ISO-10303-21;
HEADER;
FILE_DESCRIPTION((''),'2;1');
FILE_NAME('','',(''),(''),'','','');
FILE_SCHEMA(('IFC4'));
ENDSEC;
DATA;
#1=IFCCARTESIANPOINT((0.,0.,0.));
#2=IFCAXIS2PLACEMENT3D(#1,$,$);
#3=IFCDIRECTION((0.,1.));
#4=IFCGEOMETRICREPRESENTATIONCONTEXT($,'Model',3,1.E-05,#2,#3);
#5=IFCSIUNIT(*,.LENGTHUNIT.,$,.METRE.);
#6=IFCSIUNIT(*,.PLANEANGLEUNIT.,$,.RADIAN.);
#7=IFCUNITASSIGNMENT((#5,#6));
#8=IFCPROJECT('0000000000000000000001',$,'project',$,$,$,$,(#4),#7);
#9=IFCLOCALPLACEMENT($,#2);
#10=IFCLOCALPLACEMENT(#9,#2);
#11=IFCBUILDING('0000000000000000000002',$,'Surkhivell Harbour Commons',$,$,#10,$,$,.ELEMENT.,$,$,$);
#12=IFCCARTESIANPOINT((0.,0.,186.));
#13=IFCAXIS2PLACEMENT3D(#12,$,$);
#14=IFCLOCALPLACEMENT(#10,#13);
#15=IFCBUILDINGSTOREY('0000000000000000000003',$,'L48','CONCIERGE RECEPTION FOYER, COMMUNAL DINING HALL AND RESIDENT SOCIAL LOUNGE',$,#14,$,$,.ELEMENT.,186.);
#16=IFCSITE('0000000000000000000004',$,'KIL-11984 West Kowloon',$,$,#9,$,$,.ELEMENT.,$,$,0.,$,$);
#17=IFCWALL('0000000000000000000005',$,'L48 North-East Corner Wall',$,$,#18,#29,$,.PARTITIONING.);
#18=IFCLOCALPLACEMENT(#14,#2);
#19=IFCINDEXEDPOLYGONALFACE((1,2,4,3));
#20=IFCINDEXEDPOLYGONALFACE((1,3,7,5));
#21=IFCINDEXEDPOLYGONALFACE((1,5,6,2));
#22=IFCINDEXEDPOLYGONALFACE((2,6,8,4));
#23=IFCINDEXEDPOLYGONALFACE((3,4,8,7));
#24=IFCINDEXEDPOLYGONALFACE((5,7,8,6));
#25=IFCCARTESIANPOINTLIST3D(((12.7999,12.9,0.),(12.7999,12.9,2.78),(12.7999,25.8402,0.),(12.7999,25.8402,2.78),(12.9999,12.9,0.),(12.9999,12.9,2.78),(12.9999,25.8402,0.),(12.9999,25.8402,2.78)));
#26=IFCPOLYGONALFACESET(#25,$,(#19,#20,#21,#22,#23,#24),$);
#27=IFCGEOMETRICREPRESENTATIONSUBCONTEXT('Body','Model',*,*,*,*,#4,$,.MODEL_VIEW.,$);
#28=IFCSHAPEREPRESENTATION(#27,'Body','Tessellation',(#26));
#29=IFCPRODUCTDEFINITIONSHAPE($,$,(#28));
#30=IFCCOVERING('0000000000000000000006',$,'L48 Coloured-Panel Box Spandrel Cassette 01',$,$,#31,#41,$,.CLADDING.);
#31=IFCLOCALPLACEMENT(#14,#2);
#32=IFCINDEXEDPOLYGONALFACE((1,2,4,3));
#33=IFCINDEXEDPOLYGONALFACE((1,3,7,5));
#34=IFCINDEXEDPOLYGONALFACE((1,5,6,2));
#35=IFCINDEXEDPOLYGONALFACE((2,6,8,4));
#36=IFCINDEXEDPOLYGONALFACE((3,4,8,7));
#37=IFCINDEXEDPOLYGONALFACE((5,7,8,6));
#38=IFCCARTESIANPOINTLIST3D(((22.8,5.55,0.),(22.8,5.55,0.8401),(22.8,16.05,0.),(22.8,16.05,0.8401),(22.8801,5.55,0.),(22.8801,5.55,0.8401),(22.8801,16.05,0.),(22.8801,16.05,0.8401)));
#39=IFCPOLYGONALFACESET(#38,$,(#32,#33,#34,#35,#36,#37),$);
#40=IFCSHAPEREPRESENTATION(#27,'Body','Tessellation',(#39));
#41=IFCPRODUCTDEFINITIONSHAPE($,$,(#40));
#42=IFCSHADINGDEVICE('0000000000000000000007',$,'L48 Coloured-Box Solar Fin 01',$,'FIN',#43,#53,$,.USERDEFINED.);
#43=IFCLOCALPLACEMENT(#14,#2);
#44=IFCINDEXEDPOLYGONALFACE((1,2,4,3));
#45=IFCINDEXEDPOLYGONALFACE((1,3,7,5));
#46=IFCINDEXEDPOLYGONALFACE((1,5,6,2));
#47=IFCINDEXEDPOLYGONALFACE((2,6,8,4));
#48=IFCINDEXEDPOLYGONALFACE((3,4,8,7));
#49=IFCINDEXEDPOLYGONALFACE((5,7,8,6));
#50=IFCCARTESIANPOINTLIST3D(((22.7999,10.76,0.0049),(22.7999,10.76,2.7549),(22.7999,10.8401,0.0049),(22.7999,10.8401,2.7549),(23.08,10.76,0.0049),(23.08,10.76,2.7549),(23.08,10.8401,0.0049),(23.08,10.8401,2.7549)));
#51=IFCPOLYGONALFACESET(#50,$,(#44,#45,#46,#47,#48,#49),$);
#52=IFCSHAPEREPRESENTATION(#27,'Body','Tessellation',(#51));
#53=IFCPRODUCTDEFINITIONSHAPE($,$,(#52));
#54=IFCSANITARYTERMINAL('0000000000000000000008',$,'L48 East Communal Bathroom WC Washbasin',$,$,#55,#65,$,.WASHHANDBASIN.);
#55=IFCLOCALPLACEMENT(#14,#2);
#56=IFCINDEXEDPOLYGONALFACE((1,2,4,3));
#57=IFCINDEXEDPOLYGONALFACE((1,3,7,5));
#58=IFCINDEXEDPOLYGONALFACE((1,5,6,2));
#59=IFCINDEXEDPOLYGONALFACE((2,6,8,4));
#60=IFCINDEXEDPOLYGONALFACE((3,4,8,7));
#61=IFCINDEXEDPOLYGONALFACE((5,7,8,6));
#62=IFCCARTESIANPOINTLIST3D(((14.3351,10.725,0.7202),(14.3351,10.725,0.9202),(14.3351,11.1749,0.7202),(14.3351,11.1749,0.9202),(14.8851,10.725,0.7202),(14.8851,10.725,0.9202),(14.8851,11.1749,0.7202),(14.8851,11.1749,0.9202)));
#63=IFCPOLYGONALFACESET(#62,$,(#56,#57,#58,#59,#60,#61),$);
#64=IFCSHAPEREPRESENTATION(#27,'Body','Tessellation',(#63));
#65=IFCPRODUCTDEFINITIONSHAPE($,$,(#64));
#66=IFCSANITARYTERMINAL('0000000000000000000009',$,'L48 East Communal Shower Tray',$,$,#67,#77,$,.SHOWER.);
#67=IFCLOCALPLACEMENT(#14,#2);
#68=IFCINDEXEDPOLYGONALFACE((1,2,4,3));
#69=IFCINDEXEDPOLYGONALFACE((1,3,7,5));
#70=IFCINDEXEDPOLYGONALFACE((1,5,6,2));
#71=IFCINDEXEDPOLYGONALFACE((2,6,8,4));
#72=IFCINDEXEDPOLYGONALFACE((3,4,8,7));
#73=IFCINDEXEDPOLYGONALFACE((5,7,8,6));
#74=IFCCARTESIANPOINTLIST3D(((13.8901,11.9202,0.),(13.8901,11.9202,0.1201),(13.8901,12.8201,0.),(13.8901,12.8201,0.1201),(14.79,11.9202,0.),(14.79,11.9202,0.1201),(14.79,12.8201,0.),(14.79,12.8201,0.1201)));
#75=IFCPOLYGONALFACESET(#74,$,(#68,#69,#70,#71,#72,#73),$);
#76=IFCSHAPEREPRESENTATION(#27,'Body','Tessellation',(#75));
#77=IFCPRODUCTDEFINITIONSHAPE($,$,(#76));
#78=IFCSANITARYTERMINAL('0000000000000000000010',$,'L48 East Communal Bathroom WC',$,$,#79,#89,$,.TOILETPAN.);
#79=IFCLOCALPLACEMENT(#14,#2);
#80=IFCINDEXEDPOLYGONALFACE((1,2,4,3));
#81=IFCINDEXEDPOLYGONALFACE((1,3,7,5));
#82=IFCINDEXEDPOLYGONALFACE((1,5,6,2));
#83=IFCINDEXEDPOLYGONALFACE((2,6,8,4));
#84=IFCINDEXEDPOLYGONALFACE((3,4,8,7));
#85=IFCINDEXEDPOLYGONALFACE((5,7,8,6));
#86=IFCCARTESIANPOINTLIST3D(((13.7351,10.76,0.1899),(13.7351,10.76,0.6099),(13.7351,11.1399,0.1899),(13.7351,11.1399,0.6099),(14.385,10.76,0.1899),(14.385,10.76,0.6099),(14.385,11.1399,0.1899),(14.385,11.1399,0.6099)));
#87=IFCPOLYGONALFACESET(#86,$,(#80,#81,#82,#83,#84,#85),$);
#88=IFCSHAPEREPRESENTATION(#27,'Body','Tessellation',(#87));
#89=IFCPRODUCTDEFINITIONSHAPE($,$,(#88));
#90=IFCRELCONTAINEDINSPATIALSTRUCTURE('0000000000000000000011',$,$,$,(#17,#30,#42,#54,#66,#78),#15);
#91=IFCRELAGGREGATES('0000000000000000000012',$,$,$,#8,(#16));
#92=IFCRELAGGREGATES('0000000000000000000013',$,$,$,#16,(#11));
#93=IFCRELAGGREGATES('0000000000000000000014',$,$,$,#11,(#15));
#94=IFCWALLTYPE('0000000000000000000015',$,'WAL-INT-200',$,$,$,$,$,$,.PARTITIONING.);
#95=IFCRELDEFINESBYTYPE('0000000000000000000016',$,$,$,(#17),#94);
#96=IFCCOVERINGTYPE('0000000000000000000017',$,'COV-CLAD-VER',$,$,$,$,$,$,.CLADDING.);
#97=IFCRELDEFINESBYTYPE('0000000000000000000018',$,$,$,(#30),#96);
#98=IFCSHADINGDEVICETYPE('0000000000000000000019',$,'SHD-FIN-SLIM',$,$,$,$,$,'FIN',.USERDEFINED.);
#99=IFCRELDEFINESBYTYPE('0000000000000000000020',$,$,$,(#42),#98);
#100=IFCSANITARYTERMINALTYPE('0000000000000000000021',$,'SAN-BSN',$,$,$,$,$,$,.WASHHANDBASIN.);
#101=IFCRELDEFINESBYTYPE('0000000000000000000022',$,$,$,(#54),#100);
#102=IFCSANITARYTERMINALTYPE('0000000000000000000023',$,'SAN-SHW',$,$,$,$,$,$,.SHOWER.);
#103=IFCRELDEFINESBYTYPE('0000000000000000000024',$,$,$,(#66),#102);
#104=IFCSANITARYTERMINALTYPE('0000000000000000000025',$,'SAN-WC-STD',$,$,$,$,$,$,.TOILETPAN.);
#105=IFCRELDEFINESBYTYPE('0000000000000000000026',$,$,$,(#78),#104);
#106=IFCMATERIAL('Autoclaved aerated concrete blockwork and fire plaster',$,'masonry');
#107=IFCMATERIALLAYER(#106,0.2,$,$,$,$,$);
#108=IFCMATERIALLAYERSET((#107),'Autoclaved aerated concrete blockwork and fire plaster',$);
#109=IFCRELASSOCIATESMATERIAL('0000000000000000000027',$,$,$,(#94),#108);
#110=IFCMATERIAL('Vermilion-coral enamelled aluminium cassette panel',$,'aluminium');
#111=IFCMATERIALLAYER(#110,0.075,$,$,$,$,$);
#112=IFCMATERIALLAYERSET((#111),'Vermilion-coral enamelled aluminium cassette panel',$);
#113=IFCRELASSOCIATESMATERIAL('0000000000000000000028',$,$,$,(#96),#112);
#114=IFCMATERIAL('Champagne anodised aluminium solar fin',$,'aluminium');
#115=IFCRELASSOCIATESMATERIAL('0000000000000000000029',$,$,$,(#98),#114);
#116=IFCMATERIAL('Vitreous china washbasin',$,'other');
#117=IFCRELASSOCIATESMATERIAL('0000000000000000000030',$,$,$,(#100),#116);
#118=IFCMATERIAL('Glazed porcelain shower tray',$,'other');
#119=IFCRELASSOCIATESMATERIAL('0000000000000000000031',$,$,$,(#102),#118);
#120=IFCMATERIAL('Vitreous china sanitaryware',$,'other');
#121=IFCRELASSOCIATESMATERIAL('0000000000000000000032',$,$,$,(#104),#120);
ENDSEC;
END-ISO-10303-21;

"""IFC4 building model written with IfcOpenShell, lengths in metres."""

from ifc_helpers import new_model, si_unit, direction, frame, frame_2d, origin, origin_2d, place, context, subcontext, project, spatial, rectangle, extrude, material, layer, layer_set, type_object, element, save


model = new_model("IFC4")

# Units and contexts
model_context = context("Model", 3, precision=1e-05, world=origin(), true_north=direction((0.0, 1.0)))
body_context = subcontext(model_context, "Body", "Model", "MODEL_VIEW")
ifc_project = project(units=[si_unit("LENGTHUNIT", "METRE"), si_unit("PLANEANGLEUNIT", "RADIAN")], contexts=[model_context])

# Site, building, storey
site_placement = place(None, origin())
site = spatial("IfcSite", under=ifc_project, at=site_placement, Name="KIL-11984 West Kowloon", CompositionType="ELEMENT", RefElevation=0.0)
building_placement = place(site_placement, origin())
building = spatial("IfcBuilding", under=site, at=building_placement, Name="Surkhivell Harbour Commons", CompositionType="ELEMENT")
storey_placement = place(building_placement, frame((0.0, 0.0, 186.0)))
storey = spatial("IfcBuildingStorey", under=building, at=storey_placement, Name="L48", Description="CONCIERGE RECEPTION FOYER, COMMUNAL DINING HALL AND RESIDENT SOCIAL LOUNGE", CompositionType="ELEMENT", Elevation=186.0)

# Wall
ifc_material_1 = material(Name="Autoclaved aerated concrete blockwork and fire plaster", Category="masonry")
ifc_layer_1 = layer(ifc_material_1, 0.2)
ifc_layer_set_1 = layer_set([ifc_layer_1], Name="Autoclaved aerated concrete blockwork and fire plaster")
wall_type_1 = type_object("IfcWallType", Name="WAL-INT-200", PredefinedType="PARTITIONING", material=ifc_layer_set_1)
wall_1_placement = place(storey_placement, frame((12.8999, 12.8999, 0.0), z_axis=(0.0, 0.0, 1.0), x_axis=(0.0, 1.0, 0.0)))
element("IfcWall", 1, at=wall_1_placement, inside=storey, type_object=wall_type_1, Name="L48 North-East Corner Wall", PredefinedType="PARTITIONING", context=body_context, shape_type="SweptSolid", body=[
    extrude(rectangle(XDim=12.9402, YDim=0.2, at=frame_2d((6.4702, 0.0))), origin(), (0.0, 0.0, 1.0), 2.78),
])

# Covering
ifc_material_2 = material(Name="Vermilion-coral enamelled aluminium cassette panel", Category="aluminium")
ifc_layer_2 = layer(ifc_material_2, 0.075)
ifc_layer_set_2 = layer_set([ifc_layer_2], Name="Vermilion-coral enamelled aluminium cassette panel")
covering_type = type_object("IfcCoveringType", Name="COV-CLAD-VER", PredefinedType="CLADDING", material=ifc_layer_set_2)
covering_placement = place(storey_placement, frame((22.8401, 10.8, 0.0), z_axis=(0.0, 0.0, 1.0), x_axis=(1.0, 0.0, 0.0)))
element("IfcCovering", 2, at=covering_placement, inside=storey, type_object=covering_type, Name="L48 Coloured-Panel Box Spandrel Cassette 01", PredefinedType="CLADDING", context=body_context, shape_type="SweptSolid", body=[
    extrude(rectangle(XDim=0.0801, YDim=10.5, at=origin_2d()), origin(), (0.0, 0.0, 1.0), 0.8401),
])

# Shading device
ifc_material_3 = material(Name="Champagne anodised aluminium solar fin", Category="aluminium")
shading_device_type = type_object("IfcShadingDeviceType", Name="SHD-FIN-SLIM", ElementType="FIN", PredefinedType="USERDEFINED", material=ifc_material_3)
shading_device_placement = place(storey_placement, frame((22.9399, 10.8, 0.0049), z_axis=(0.0, 0.0, 1.0), x_axis=(1.0, 0.0, 0.0)))
element("IfcShadingDevice", 3, at=shading_device_placement, inside=storey, type_object=shading_device_type, Name="L48 Coloured-Box Solar Fin 01", ObjectType="FIN", PredefinedType="USERDEFINED", context=body_context, shape_type="SweptSolid", body=[
    extrude(rectangle(XDim=0.28, YDim=0.0801, at=origin_2d()), origin(), (0.0, 0.0, 1.0), 2.75),
])

# Sanitary terminals
ifc_material_4 = material(Name="Vitreous china washbasin", Category="other")
sanitary_terminal_type_1 = type_object("IfcSanitaryTerminalType", Name="SAN-BSN", PredefinedType="WASHHANDBASIN", material=ifc_material_4)
sanitary_terminal_1_placement = place(storey_placement, frame((14.6101, 10.95, 0.7202), z_axis=(0.0, 0.0, 1.0), x_axis=(1.0, 0.0, 0.0)))
element("IfcSanitaryTerminal", 4, at=sanitary_terminal_1_placement, inside=storey, type_object=sanitary_terminal_type_1, Name="L48 East Communal Bathroom WC Washbasin", PredefinedType="WASHHANDBASIN", context=body_context, shape_type="SweptSolid", body=[
    extrude(rectangle(XDim=0.55, YDim=0.45, at=origin_2d()), origin(), (0.0, 0.0, 1.0), 0.2),
])
ifc_material_5 = material(Name="Glazed porcelain shower tray", Category="other")
sanitary_terminal_type_2 = type_object("IfcSanitaryTerminalType", Name="SAN-SHW", PredefinedType="SHOWER", material=ifc_material_5)
sanitary_terminal_2_placement = place(storey_placement, frame((14.3401, 12.3701, 0.0), z_axis=(0.0, 0.0, 1.0), x_axis=(1.0, 0.0, 0.0)))
element("IfcSanitaryTerminal", 5, at=sanitary_terminal_2_placement, inside=storey, type_object=sanitary_terminal_type_2, Name="L48 East Communal Shower Tray", PredefinedType="SHOWER", context=body_context, shape_type="SweptSolid", body=[
    extrude(rectangle(XDim=0.8999, YDim=0.8999, at=origin_2d()), origin(), (0.0, 0.0, 1.0), 0.1201),
])
ifc_material_6 = material(Name="Vitreous china sanitaryware", Category="other")
sanitary_terminal_type_3 = type_object("IfcSanitaryTerminalType", Name="SAN-WC-STD", PredefinedType="TOILETPAN", material=ifc_material_6)
sanitary_terminal_3_placement = place(storey_placement, frame((14.0601, 10.95, 0.1899), z_axis=(0.0, 0.0, 1.0), x_axis=(1.0, 0.0, 0.0)))
element("IfcSanitaryTerminal", 6, at=sanitary_terminal_3_placement, inside=storey, type_object=sanitary_terminal_type_3, Name="L48 East Communal Bathroom WC", PredefinedType="TOILETPAN", context=body_context, shape_type="SweptSolid", body=[
    extrude(rectangle(XDim=0.6499, YDim=0.3799, at=origin_2d()), origin(), (0.0, 0.0, 1.0), 0.4199),
])

save(model, "model.ifc")
